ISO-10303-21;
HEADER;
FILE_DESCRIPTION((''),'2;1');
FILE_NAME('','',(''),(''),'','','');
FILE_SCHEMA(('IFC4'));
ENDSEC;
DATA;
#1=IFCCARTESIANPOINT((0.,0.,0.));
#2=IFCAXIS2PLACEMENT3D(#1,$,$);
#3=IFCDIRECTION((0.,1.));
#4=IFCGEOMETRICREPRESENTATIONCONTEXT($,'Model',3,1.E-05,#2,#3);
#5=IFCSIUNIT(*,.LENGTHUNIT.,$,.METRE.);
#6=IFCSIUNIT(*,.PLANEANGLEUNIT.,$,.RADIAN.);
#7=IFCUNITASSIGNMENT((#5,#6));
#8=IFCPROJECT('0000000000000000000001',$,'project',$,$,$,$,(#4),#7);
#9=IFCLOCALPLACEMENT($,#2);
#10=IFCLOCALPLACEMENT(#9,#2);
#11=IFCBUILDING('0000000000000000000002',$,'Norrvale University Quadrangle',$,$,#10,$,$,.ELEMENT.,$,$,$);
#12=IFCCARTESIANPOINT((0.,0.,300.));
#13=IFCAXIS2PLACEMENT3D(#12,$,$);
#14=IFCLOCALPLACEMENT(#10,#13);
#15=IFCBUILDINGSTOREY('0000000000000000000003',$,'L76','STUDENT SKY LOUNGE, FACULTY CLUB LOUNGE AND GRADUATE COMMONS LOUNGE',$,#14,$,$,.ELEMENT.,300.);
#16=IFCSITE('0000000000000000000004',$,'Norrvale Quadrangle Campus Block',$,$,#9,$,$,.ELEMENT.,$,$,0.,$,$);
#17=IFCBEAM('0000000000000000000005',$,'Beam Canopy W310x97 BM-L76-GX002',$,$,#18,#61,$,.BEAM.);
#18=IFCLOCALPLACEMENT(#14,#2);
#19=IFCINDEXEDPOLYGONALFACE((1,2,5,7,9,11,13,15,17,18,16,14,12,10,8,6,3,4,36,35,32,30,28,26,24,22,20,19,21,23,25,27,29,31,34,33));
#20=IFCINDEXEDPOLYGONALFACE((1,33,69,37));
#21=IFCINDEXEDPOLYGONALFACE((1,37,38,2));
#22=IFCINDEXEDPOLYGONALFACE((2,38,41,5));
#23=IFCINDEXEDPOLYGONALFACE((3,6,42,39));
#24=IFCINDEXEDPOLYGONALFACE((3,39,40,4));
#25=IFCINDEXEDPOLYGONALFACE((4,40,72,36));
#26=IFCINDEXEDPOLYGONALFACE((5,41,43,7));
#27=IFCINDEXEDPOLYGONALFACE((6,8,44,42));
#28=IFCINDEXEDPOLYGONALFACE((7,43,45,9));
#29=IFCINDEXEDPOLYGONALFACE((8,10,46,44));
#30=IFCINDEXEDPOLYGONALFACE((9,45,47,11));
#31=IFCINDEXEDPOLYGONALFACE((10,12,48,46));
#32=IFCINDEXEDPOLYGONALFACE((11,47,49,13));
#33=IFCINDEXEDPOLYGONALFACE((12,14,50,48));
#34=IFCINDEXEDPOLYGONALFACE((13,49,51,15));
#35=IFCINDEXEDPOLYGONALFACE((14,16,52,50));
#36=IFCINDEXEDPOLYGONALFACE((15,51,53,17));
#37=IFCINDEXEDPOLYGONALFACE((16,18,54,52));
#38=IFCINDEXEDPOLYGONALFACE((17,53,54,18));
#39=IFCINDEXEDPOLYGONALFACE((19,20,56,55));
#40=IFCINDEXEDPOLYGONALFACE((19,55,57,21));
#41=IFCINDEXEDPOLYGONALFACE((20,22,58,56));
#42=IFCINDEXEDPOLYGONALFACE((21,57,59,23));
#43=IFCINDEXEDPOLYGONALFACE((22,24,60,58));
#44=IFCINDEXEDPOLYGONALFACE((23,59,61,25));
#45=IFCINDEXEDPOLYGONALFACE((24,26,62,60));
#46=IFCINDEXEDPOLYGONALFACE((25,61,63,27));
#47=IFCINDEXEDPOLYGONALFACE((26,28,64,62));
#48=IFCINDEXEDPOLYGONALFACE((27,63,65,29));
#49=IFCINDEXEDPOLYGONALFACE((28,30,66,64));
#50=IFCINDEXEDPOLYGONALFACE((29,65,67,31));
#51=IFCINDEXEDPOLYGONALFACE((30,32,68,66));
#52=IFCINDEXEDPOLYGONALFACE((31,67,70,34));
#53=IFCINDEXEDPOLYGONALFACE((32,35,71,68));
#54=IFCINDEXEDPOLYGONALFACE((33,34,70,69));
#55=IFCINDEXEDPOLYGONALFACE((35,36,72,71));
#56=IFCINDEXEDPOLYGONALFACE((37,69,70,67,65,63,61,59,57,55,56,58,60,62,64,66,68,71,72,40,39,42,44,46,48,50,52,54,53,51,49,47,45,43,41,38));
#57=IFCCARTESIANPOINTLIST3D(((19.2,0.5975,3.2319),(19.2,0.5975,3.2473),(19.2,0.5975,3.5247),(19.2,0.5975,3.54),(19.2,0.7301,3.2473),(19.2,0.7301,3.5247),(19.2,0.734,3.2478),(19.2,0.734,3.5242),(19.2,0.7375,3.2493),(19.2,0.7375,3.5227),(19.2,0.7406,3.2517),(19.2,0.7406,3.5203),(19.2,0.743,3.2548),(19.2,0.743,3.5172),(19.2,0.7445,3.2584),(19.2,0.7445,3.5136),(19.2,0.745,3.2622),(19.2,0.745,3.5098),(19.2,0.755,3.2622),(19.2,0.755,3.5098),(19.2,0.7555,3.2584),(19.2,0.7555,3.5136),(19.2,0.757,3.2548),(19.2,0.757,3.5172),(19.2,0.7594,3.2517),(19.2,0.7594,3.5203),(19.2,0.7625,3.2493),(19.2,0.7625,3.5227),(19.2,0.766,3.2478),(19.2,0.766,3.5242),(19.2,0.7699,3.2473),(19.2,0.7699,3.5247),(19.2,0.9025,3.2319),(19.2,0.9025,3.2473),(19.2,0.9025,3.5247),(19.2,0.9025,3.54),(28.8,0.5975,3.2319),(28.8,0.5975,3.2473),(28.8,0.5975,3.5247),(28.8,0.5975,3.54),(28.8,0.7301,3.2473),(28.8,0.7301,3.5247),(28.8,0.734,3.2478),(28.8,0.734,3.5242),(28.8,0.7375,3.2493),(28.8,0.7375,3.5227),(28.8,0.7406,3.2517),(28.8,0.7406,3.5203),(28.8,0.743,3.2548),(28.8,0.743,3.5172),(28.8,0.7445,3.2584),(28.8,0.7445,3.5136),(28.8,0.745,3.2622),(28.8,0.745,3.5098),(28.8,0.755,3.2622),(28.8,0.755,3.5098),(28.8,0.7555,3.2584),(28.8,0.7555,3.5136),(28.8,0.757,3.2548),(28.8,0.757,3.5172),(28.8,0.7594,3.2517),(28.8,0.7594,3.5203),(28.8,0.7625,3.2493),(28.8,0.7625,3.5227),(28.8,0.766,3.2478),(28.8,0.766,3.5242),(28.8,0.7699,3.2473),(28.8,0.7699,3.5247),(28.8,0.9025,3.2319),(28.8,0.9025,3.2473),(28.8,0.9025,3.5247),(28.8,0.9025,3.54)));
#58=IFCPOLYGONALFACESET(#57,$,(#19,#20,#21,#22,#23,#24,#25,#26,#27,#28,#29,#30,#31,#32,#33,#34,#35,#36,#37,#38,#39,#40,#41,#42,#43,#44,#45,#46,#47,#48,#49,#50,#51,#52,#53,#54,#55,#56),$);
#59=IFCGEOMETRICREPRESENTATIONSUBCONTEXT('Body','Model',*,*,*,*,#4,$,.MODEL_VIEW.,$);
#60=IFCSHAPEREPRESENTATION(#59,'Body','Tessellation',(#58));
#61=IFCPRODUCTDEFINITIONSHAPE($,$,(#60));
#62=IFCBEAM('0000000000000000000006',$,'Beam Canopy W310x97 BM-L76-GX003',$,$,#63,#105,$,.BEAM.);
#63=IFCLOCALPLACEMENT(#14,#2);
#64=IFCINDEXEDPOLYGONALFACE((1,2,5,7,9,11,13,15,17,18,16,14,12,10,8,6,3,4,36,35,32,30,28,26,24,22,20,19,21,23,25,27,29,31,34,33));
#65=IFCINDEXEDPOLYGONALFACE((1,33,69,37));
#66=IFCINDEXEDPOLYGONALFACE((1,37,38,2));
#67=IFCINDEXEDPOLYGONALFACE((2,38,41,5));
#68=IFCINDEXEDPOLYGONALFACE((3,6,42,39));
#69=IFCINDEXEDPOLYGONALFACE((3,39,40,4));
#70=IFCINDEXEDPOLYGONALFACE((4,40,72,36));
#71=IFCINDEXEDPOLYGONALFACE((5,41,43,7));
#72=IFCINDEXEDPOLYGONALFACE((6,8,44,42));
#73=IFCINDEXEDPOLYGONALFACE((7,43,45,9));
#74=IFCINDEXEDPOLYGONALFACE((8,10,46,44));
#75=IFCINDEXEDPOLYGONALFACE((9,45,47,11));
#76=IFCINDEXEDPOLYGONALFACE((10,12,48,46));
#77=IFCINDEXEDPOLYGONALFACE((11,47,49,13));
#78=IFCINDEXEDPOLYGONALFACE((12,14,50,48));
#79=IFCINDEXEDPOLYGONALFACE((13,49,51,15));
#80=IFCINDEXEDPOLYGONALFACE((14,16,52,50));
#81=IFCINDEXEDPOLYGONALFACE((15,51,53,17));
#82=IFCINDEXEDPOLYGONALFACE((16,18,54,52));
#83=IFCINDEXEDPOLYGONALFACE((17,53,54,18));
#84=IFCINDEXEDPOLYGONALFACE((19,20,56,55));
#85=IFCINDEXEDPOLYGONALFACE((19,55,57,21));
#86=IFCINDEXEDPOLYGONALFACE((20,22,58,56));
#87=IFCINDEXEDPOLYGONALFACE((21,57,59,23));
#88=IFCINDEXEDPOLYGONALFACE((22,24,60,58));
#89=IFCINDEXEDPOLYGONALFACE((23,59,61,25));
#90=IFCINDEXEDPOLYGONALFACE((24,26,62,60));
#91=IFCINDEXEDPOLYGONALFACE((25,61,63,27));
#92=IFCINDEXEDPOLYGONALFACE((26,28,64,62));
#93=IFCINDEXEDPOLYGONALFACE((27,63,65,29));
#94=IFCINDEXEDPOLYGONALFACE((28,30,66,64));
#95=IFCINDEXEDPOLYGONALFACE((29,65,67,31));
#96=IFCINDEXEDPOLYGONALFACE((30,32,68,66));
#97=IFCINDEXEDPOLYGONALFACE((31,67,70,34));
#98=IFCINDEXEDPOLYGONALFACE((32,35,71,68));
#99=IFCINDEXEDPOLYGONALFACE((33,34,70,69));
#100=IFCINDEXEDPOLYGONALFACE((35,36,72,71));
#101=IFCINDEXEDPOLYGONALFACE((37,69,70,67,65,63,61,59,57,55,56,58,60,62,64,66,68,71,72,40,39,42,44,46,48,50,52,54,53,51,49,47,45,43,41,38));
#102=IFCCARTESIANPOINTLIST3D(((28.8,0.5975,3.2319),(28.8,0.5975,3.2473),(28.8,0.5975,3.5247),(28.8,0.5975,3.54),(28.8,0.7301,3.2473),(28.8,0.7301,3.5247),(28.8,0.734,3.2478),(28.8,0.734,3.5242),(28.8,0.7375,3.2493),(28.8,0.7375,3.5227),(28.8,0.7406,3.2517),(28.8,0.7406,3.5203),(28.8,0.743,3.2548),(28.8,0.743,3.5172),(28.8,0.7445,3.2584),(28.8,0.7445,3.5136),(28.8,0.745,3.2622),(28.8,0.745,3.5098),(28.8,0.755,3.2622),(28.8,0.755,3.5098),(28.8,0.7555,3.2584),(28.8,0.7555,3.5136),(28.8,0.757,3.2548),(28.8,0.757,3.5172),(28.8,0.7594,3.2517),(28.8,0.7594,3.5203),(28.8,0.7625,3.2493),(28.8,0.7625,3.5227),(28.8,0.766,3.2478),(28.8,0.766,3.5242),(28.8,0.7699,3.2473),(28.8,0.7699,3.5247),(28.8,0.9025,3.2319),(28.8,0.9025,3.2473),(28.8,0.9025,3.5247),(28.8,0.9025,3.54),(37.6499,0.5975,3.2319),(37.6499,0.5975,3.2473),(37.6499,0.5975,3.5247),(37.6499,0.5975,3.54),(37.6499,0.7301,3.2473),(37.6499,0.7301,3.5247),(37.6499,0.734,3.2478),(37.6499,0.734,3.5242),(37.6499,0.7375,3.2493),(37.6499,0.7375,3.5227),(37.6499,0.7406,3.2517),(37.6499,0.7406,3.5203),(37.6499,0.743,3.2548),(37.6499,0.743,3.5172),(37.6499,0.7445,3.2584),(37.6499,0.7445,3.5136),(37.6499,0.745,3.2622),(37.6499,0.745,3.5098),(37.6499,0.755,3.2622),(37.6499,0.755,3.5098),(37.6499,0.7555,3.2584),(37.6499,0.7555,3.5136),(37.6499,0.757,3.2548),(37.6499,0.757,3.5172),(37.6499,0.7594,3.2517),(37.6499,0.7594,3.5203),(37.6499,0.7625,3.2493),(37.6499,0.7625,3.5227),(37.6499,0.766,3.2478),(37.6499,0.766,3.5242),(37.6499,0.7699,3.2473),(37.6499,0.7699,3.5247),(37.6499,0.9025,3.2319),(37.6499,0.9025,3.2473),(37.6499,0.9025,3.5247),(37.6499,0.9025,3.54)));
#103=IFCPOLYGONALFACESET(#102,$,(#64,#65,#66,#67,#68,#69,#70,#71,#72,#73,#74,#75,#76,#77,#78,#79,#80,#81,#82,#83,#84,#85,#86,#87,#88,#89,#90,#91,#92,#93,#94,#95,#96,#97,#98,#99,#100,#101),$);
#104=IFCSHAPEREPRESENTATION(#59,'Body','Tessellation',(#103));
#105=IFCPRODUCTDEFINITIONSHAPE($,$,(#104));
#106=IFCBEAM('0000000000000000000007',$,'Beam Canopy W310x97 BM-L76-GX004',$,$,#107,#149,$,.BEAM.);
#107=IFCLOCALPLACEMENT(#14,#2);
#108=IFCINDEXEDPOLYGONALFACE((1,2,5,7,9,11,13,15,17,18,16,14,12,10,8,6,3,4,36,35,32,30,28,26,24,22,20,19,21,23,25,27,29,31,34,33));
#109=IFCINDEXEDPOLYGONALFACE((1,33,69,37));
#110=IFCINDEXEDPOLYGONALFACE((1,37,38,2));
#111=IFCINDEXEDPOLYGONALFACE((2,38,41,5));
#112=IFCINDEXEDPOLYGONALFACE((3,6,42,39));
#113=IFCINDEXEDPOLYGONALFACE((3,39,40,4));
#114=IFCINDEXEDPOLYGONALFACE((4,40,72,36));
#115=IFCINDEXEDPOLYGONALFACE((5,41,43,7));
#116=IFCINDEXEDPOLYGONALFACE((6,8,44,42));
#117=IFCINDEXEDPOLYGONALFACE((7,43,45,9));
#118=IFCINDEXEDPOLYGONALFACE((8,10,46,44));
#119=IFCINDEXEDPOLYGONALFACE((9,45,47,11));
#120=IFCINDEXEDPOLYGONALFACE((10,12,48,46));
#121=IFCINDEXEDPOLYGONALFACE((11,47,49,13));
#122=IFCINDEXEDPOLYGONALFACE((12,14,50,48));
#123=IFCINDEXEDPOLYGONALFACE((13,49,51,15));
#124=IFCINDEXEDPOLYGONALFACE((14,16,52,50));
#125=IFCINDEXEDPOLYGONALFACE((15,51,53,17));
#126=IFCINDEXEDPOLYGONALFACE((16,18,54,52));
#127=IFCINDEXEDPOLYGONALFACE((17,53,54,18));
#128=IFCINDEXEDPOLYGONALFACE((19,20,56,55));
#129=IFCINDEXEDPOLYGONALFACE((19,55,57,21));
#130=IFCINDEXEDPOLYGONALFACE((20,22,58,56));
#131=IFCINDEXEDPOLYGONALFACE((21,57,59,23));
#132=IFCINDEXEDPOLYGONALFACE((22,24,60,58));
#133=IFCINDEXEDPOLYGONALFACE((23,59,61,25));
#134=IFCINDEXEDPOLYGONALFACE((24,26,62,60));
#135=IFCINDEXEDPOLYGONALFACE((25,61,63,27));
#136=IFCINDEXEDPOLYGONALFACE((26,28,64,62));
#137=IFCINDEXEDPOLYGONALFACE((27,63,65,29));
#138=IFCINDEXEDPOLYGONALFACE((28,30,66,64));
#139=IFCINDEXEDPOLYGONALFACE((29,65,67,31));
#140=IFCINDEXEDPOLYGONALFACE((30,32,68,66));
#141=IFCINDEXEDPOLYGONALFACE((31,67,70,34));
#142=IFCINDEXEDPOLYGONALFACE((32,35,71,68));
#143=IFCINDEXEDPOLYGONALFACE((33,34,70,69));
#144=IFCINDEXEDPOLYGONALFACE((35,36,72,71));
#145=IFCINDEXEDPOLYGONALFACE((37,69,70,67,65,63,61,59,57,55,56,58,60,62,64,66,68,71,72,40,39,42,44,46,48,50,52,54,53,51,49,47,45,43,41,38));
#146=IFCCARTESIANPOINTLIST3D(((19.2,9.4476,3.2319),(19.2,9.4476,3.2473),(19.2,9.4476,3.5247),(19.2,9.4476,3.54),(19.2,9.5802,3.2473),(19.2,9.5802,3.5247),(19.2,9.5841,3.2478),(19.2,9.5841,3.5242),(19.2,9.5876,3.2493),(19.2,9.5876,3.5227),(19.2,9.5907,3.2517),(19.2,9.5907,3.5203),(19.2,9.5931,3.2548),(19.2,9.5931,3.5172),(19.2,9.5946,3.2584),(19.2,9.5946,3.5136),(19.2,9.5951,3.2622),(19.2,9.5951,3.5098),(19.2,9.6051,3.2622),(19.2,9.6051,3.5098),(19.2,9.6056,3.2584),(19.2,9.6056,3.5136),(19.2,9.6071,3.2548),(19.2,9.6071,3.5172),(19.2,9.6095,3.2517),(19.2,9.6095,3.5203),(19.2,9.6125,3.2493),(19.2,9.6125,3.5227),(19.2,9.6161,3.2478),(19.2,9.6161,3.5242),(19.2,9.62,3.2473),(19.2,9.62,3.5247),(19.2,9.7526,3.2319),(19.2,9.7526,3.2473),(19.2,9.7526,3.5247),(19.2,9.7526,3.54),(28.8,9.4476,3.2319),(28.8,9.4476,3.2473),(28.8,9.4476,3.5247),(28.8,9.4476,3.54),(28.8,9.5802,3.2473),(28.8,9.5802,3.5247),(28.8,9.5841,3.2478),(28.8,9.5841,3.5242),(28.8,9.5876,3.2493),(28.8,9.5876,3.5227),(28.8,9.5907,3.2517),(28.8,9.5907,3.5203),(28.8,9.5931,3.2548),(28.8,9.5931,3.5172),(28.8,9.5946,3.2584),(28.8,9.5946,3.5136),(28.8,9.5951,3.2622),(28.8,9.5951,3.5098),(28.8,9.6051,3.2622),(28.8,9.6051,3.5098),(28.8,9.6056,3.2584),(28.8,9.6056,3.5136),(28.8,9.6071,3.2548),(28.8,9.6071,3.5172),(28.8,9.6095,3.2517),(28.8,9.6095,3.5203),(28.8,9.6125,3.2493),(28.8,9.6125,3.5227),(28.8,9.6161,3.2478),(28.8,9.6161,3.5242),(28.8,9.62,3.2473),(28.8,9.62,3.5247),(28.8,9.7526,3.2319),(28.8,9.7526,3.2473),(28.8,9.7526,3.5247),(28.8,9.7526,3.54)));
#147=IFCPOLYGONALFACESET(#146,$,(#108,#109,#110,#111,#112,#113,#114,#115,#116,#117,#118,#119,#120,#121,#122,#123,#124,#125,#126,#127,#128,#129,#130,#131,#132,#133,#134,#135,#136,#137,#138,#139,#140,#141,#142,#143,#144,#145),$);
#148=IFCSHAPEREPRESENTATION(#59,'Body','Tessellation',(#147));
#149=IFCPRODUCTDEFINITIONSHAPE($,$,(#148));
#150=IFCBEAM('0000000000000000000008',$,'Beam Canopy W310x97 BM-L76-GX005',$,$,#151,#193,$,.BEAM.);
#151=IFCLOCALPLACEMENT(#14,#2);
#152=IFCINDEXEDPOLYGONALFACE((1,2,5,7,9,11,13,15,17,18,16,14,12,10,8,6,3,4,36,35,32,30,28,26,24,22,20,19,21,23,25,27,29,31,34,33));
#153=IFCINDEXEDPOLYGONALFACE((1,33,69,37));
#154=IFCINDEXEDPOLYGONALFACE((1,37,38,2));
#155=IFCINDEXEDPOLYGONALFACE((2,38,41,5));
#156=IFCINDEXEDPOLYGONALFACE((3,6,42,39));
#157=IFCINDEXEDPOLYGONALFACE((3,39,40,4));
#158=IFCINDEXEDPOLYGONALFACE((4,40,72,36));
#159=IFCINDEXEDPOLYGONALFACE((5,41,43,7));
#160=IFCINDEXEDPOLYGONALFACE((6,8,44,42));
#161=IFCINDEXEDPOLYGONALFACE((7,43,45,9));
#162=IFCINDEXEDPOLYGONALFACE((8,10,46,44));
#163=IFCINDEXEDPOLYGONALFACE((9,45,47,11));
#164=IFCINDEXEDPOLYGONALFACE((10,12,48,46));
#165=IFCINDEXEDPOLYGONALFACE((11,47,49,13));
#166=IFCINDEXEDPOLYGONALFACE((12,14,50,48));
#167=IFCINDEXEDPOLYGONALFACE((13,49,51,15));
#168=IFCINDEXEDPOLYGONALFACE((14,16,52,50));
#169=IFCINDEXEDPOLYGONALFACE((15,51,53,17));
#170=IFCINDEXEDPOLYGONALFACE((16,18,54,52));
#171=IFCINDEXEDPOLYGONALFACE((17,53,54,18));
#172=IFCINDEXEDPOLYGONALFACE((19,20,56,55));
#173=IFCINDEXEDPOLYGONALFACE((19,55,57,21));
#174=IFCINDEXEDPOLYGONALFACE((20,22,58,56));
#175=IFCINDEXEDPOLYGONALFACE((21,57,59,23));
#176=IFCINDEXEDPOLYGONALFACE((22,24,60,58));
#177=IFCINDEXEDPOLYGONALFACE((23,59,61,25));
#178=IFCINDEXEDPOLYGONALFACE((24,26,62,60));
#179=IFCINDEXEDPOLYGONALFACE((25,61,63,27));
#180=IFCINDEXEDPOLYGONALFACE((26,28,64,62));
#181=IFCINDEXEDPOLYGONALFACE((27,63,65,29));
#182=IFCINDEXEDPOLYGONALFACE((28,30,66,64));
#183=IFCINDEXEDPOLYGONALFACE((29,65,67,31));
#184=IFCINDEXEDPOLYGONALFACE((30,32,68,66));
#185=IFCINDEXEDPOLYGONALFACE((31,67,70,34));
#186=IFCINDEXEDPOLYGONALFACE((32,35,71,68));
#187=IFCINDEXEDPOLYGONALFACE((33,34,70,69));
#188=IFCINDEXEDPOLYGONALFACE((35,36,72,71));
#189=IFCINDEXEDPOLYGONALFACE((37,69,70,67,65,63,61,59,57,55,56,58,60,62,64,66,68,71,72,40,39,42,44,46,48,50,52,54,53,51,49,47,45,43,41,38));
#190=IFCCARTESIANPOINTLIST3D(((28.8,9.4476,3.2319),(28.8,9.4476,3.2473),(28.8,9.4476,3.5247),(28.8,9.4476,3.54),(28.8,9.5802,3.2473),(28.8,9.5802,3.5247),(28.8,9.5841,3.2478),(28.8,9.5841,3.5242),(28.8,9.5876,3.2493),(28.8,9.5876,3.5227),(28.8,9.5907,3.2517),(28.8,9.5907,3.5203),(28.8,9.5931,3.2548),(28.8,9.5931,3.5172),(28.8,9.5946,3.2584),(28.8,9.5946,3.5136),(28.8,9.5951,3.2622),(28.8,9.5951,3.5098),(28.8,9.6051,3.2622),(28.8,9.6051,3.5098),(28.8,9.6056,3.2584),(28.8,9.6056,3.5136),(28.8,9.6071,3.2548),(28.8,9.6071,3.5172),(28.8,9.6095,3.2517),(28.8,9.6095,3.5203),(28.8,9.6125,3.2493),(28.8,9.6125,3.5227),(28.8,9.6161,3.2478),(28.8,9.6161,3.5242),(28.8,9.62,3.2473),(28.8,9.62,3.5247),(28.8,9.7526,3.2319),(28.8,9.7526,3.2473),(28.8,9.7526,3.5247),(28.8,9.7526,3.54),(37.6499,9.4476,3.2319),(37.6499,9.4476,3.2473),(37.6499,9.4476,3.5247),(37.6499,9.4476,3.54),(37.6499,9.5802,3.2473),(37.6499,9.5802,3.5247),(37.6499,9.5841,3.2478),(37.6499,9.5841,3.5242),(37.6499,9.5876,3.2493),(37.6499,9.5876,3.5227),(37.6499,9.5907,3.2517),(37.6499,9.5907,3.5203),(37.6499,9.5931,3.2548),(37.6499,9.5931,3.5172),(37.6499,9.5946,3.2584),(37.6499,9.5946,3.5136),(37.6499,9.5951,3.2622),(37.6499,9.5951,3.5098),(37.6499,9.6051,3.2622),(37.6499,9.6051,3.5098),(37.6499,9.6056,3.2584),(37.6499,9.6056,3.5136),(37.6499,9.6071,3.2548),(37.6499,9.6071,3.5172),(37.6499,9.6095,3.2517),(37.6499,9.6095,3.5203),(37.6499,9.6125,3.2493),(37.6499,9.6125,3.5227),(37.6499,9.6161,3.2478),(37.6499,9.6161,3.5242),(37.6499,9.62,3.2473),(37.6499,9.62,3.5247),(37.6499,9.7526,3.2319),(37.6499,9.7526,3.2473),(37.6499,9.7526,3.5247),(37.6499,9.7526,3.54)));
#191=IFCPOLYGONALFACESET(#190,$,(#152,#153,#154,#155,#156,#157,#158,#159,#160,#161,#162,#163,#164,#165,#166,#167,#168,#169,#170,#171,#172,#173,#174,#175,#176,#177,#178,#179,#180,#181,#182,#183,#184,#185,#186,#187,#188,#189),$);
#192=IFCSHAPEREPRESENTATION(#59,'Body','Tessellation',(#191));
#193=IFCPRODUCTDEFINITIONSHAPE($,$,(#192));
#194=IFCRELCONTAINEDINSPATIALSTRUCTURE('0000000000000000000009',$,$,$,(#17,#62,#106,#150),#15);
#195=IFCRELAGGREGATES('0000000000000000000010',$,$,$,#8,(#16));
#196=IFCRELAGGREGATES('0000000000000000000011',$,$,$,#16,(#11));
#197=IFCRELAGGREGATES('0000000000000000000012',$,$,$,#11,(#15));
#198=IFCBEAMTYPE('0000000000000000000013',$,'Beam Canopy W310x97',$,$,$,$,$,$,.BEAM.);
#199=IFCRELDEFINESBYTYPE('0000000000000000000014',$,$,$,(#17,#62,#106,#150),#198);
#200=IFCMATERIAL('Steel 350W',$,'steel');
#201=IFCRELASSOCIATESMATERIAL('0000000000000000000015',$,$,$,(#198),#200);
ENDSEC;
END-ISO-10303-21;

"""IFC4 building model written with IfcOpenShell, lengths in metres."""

from ifc_helpers import new_model, si_unit, direction, frame, origin, origin_2d, place, context, subcontext, project, spatial, i_section, extrude, material, material_profile, profile_set, type_object, element, save


model = new_model("IFC4")

# Units and contexts
model_context = context("Model", 3, precision=1e-05, world=origin(), true_north=direction((0.0, 1.0)))
body_context = subcontext(model_context, "Body", "Model", "MODEL_VIEW")
ifc_project = project(units=[si_unit("LENGTHUNIT", "METRE"), si_unit("PLANEANGLEUNIT", "RADIAN")], contexts=[model_context])

# Site, building, storey
site_placement = place(None, origin())
site = spatial("IfcSite", under=ifc_project, at=site_placement, Name="Norrvale Quadrangle Campus Block", CompositionType="ELEMENT", RefElevation=0.0)
building_placement = place(site_placement, origin())
building = spatial("IfcBuilding", under=site, at=building_placement, Name="Norrvale University Quadrangle", CompositionType="ELEMENT")
storey_placement = place(building_placement, frame((0.0, 0.0, 300.0)))
storey = spatial("IfcBuildingStorey", under=building, at=storey_placement, Name="L76", Description="STUDENT SKY LOUNGE, FACULTY CLUB LOUNGE AND GRADUATE COMMONS LOUNGE", CompositionType="ELEMENT", Elevation=300.0)

# Beams
ifc_material_1 = material(Name="Steel 350W", Category="steel")
ifc_material_profile_1 = material_profile(ifc_material_1, i_section(OverallWidth=0.3049, OverallDepth=0.3081, WebThickness=0.01, FlangeThickness=0.0154, FilletRadius=0.0149, at=origin_2d()), Name="Steel 350W")
ifc_profile_set_1 = profile_set([ifc_material_profile_1], Name="Steel 350W")
beam_type_1 = type_object("IfcBeamType", Name="Beam Canopy W310x97", PredefinedType="BEAM", material=ifc_profile_set_1)
beam_1_placement = place(storey_placement, frame((19.2, 0.75, 3.386), z_axis=(1.0, 0.0, 0.0), x_axis=(0.0, 1.0, 0.0)))
element("IfcBeam", 1, at=beam_1_placement, inside=storey, type_object=beam_type_1, Name="Beam Canopy W310x97 BM-L76-GX002", PredefinedType="BEAM", context=body_context, shape_type="SweptSolid", body=[
    extrude(i_section(OverallWidth=0.3049, OverallDepth=0.3081, WebThickness=0.01, FlangeThickness=0.0154, FilletRadius=0.0149, at=origin_2d()), origin(), (0.0, 0.0, 1.0), 9.6001),
])
beam_2_placement = place(storey_placement, frame((28.8, 0.75, 3.386), z_axis=(1.0, 0.0, 0.0), x_axis=(0.0, 1.0, 0.0)))
element("IfcBeam", 2, at=beam_2_placement, inside=storey, type_object=beam_type_1, Name="Beam Canopy W310x97 BM-L76-GX003", PredefinedType="BEAM", context=body_context, shape_type="SweptSolid", body=[
    extrude(i_section(OverallWidth=0.3049, OverallDepth=0.3081, WebThickness=0.01, FlangeThickness=0.0154, FilletRadius=0.0149, at=origin_2d()), origin(), (0.0, 0.0, 1.0), 8.8499),
])
beam_3_placement = place(storey_placement, frame((19.2, 9.6001, 3.386), z_axis=(1.0, 0.0, 0.0), x_axis=(0.0, 1.0, 0.0)))
element("IfcBeam", 3, at=beam_3_placement, inside=storey, type_object=beam_type_1, Name="Beam Canopy W310x97 BM-L76-GX004", PredefinedType="BEAM", context=body_context, shape_type="SweptSolid", body=[
    extrude(i_section(OverallWidth=0.3049, OverallDepth=0.3081, WebThickness=0.01, FlangeThickness=0.0154, FilletRadius=0.0149, at=origin_2d()), origin(), (0.0, 0.0, 1.0), 9.6001),
])
beam_4_placement = place(storey_placement, frame((28.8, 9.6001, 3.386), z_axis=(1.0, 0.0, 0.0), x_axis=(0.0, 1.0, 0.0)))
element("IfcBeam", 4, at=beam_4_placement, inside=storey, type_object=beam_type_1, Name="Beam Canopy W310x97 BM-L76-GX005", PredefinedType="BEAM", context=body_context, shape_type="SweptSolid", body=[
    extrude(i_section(OverallWidth=0.3049, OverallDepth=0.3081, WebThickness=0.01, FlangeThickness=0.0154, FilletRadius=0.0149, at=origin_2d()), origin(), (0.0, 0.0, 1.0), 8.8499),
])

save(model, "model.ifc")
